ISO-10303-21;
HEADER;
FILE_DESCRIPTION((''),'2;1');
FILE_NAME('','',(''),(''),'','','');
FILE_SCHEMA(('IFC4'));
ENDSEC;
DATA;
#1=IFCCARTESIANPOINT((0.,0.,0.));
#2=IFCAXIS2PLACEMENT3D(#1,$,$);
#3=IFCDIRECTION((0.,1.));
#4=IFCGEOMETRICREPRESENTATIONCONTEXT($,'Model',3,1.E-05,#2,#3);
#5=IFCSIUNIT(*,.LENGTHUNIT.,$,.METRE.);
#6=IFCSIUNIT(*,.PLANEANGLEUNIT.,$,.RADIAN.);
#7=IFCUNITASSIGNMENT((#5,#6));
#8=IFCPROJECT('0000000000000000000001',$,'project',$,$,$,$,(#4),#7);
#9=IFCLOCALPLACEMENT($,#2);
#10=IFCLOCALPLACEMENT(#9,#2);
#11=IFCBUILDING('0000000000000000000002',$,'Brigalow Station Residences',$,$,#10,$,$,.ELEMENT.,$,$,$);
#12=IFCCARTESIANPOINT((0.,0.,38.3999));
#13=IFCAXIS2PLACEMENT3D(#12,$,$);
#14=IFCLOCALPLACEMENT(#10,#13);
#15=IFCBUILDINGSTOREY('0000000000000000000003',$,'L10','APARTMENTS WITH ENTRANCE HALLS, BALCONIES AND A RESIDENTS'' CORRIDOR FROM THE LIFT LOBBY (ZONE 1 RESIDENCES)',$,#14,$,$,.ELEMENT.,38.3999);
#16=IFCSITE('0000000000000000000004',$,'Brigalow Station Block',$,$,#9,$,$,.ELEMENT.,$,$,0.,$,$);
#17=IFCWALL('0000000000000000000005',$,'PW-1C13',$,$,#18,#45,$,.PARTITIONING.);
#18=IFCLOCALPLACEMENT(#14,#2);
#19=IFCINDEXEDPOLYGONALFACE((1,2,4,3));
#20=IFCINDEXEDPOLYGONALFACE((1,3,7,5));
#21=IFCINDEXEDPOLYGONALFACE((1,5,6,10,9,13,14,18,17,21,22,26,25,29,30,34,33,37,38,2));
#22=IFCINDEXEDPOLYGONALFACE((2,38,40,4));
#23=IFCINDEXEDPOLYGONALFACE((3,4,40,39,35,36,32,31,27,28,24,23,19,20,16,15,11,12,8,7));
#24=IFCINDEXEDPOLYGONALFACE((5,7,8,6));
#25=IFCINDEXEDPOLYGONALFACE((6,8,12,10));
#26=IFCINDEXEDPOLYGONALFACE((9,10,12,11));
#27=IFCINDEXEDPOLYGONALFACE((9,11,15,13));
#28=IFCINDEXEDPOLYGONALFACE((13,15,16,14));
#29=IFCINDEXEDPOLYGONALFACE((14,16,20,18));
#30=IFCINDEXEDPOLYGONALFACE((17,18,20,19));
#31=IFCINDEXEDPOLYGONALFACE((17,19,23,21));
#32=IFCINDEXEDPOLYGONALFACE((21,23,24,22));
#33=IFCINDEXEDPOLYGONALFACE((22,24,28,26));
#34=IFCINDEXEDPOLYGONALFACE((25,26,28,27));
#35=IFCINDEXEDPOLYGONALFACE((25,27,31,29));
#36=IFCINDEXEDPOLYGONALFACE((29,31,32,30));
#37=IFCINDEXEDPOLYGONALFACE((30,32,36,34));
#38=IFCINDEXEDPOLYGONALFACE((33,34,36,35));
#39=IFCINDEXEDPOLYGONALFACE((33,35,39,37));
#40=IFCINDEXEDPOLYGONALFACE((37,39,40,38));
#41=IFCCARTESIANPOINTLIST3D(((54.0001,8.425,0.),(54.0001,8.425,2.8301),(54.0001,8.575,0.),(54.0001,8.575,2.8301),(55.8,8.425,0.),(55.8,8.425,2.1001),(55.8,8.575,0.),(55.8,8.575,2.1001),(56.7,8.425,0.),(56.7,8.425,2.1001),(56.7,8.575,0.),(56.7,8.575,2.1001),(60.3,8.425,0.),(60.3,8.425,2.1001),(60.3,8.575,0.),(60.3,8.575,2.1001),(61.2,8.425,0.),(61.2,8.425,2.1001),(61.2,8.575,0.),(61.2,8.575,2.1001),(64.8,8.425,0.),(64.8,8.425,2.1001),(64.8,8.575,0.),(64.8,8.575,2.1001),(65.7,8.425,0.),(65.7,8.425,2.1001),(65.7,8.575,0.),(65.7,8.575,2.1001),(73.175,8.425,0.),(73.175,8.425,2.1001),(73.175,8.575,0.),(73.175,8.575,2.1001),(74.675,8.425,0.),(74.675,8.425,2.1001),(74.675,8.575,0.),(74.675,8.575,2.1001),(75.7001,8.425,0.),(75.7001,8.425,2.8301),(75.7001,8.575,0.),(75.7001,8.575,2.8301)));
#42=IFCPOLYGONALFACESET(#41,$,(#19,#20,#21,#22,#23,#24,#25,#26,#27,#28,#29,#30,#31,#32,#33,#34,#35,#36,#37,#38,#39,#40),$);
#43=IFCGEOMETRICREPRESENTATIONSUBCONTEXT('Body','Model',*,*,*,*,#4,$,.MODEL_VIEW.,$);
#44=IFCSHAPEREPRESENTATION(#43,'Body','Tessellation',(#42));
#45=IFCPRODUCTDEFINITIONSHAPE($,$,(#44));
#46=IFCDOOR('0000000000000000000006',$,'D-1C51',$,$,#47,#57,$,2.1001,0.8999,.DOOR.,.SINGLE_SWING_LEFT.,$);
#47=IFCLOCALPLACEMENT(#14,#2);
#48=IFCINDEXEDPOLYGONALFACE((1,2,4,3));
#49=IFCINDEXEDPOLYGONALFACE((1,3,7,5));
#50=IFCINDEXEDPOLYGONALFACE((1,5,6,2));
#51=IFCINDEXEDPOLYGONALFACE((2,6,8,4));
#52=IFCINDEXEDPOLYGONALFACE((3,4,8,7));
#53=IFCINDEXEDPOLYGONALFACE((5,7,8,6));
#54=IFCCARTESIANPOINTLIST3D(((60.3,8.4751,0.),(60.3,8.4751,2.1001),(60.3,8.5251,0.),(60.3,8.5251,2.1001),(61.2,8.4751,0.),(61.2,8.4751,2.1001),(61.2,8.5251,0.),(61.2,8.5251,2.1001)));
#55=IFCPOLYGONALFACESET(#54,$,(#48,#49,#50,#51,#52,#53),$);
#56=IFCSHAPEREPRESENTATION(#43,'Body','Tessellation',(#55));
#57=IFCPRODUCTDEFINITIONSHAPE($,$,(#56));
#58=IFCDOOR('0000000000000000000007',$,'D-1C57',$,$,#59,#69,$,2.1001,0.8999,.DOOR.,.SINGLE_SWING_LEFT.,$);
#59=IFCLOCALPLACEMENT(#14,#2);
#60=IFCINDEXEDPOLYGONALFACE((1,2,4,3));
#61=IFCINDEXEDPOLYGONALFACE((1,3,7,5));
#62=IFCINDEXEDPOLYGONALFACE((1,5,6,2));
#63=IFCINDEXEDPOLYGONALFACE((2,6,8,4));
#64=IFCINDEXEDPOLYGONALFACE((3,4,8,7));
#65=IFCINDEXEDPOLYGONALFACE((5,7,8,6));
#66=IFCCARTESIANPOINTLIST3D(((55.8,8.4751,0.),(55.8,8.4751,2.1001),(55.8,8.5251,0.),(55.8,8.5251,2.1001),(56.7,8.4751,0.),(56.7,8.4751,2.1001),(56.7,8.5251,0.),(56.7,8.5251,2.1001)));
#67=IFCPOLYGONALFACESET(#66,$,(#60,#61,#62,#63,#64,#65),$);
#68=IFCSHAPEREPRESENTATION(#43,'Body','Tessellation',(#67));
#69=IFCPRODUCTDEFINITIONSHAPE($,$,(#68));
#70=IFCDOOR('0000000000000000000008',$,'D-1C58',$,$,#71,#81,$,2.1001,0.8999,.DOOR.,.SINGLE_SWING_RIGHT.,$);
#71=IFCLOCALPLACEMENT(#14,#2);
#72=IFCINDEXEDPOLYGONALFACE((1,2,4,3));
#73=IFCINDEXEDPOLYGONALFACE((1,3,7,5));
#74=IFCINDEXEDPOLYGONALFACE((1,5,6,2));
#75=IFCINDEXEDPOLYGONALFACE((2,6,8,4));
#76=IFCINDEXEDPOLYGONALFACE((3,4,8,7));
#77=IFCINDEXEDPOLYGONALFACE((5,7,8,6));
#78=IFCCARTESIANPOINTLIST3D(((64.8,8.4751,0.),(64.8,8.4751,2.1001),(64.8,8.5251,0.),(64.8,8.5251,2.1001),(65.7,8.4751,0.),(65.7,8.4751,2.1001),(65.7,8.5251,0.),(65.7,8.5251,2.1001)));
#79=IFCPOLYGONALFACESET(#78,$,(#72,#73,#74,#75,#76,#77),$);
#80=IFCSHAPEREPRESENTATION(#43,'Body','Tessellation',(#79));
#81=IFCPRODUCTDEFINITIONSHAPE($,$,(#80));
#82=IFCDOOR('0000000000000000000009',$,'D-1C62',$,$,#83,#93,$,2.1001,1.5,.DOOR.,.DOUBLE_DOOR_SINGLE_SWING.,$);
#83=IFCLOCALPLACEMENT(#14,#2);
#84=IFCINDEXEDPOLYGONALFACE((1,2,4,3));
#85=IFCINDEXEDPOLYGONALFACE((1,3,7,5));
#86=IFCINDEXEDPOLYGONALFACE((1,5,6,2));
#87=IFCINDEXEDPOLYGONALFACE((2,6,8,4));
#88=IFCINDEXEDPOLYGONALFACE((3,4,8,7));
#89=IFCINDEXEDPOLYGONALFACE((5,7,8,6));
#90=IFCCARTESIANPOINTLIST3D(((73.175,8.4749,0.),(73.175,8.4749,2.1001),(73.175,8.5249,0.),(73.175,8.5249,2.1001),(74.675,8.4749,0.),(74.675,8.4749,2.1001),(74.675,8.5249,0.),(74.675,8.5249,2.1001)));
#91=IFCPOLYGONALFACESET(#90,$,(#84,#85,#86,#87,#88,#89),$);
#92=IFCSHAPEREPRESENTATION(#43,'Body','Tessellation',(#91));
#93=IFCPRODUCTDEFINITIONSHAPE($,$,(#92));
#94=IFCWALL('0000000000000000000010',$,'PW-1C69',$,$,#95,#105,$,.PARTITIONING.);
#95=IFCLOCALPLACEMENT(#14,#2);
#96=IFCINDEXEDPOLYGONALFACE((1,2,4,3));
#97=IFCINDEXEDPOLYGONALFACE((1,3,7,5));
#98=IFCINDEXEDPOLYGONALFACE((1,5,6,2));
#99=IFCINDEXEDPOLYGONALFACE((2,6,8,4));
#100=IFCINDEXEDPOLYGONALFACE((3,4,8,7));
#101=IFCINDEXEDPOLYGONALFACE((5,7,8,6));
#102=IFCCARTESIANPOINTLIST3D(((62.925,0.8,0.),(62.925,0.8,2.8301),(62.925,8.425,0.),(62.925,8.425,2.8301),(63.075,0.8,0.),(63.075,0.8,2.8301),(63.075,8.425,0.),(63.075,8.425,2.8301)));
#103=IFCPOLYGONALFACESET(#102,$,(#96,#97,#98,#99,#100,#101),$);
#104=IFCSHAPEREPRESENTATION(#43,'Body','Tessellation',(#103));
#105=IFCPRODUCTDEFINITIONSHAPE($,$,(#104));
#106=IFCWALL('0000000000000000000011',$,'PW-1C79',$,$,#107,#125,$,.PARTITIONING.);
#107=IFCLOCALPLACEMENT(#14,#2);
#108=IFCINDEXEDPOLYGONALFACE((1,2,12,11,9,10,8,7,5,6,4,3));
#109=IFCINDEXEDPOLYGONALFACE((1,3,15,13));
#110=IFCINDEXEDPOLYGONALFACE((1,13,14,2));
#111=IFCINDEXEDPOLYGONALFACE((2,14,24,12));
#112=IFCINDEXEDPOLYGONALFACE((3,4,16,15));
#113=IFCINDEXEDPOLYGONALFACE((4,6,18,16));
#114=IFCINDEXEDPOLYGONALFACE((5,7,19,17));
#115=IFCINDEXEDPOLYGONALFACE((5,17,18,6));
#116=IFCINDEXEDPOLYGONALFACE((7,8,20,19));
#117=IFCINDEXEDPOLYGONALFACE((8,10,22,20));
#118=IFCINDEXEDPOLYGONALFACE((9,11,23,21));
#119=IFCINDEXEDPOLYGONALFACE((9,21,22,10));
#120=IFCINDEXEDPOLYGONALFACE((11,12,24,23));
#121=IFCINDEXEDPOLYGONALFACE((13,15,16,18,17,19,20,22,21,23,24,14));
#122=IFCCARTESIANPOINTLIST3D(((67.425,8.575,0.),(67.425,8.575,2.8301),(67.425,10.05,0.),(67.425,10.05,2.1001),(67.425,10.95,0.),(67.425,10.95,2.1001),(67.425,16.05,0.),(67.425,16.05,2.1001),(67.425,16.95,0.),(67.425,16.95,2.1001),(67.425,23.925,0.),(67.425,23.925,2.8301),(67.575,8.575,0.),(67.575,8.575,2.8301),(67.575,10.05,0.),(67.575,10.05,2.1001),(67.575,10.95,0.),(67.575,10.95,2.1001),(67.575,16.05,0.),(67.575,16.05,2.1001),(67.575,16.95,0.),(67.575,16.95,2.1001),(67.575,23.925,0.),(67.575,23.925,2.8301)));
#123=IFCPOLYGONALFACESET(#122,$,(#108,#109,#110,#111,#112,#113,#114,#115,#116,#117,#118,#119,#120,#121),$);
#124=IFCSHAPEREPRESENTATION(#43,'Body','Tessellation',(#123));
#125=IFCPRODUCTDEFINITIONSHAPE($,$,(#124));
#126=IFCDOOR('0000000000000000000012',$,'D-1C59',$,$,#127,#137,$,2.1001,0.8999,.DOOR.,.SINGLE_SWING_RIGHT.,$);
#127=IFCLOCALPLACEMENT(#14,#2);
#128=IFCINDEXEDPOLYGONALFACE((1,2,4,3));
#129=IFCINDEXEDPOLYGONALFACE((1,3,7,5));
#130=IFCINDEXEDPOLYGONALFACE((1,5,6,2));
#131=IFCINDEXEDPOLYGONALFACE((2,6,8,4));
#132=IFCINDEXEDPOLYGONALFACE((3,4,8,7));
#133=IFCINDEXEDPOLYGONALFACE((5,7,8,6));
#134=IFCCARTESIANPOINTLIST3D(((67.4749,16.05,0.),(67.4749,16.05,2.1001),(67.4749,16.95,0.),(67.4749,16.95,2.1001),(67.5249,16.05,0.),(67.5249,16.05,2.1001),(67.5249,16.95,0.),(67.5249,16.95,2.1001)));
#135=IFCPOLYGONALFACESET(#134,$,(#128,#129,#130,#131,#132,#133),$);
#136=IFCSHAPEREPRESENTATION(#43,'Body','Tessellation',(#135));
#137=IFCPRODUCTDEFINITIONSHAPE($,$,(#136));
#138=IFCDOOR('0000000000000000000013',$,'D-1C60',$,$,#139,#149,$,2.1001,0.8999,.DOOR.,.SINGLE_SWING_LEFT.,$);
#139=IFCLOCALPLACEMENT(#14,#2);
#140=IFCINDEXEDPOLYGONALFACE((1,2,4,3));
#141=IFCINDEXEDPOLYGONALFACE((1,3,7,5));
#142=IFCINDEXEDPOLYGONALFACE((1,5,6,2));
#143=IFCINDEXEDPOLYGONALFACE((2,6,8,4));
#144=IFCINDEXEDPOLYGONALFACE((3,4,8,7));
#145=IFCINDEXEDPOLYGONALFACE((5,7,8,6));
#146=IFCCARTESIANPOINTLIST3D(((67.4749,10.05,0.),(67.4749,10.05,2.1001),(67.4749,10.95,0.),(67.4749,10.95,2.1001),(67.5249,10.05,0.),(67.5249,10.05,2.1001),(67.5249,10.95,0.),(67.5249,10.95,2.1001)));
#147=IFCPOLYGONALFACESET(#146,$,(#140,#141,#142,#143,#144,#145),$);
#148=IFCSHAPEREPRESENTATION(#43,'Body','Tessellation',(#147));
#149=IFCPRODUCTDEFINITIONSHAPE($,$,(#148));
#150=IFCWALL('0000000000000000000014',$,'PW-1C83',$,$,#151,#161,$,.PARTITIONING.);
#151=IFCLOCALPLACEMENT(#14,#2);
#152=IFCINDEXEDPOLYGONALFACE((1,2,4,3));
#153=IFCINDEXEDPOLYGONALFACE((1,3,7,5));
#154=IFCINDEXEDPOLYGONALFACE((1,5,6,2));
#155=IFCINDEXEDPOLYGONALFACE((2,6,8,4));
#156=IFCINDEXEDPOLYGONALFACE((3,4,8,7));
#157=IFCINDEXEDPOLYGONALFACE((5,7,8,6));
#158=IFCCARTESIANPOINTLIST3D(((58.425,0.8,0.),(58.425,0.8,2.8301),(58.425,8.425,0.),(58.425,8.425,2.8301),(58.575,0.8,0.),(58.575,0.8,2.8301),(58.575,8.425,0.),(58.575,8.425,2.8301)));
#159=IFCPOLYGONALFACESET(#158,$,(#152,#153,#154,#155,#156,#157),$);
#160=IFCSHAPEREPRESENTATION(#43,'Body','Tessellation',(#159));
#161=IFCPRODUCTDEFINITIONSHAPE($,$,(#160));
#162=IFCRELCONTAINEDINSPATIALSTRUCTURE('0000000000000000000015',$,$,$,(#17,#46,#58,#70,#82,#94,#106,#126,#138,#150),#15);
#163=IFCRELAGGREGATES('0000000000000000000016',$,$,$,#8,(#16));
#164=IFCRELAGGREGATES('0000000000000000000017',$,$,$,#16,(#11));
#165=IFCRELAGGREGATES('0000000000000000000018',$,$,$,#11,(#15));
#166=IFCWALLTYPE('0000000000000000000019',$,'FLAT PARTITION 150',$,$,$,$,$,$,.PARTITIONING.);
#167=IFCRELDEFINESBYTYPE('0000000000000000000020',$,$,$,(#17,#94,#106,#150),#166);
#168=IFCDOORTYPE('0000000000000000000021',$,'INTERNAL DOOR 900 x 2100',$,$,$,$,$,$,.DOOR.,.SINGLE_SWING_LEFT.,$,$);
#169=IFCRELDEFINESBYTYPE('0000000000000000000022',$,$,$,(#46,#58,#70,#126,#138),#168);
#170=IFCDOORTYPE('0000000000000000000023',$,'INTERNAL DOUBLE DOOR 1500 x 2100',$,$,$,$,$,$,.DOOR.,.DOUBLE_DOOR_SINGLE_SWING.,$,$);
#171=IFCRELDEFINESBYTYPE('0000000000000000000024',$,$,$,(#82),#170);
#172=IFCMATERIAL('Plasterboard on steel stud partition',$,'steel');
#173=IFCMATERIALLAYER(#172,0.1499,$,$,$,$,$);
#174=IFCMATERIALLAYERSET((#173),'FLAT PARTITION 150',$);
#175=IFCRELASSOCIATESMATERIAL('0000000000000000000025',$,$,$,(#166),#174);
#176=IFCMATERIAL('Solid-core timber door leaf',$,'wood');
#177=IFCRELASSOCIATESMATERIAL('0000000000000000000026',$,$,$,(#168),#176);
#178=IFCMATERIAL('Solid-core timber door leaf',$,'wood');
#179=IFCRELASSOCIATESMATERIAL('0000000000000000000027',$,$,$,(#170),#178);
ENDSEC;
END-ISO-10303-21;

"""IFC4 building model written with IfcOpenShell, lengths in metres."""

from ifc_helpers import new_model, si_unit, direction, frame, frame_2d, origin, place, context, subcontext, project, spatial, rectangle, extrude, material, layer, layer_set, type_object, element, fill, save


model = new_model("IFC4")

# Units and contexts
model_context = context("Model", 3, precision=1e-05, world=origin(), true_north=direction((0.0, 1.0)))
body_context = subcontext(model_context, "Body", "Model", "MODEL_VIEW")
ifc_project = project(units=[si_unit("LENGTHUNIT", "METRE"), si_unit("PLANEANGLEUNIT", "RADIAN")], contexts=[model_context])

# Site, building, storey
site_placement = place(None, origin())
site = spatial("IfcSite", under=ifc_project, at=site_placement, Name="Brigalow Station Block", CompositionType="ELEMENT", RefElevation=0.0)
building_placement = place(site_placement, origin())
building = spatial("IfcBuilding", under=site, at=building_placement, Name="Brigalow Station Residences", CompositionType="ELEMENT")
storey_placement = place(building_placement, frame((0.0, 0.0, 38.3999)))
storey = spatial("IfcBuildingStorey", under=building, at=storey_placement, Name="L10", Description="APARTMENTS WITH ENTRANCE HALLS, BALCONIES AND A RESIDENTS' CORRIDOR FROM THE LIFT LOBBY (ZONE 1 RESIDENCES)", CompositionType="ELEMENT", Elevation=38.3999)

# Wall, openings, doors
ifc_material_1 = material(Name="Plasterboard on steel stud partition", Category="steel")
ifc_layer_1 = layer(ifc_material_1, 0.1499)
ifc_layer_set_1 = layer_set([ifc_layer_1], Name="FLAT PARTITION 150")
wall_type_1 = type_object("IfcWallType", Name="FLAT PARTITION 150", PredefinedType="PARTITIONING", material=ifc_layer_set_1)
wall_1_placement = place(storey_placement, frame((54.0, 8.5, 0.0), z_axis=(0.0, 0.0, 1.0), x_axis=(1.0, 0.0, 0.0)))
wall_1 = element("IfcWall", 1, at=wall_1_placement, inside=storey, type_object=wall_type_1, Name="PW-1C13", PredefinedType="PARTITIONING", context=body_context, shape_type="SweptSolid", body=[
    extrude(rectangle(XDim=21.7, YDim=0.1499, at=frame_2d((10.8501, 0.0))), origin(), (0.0, 0.0, 1.0), 2.8301),
])
opening_1_placement = place(wall_1_placement, frame((6.3, 0.0, 0.0)))
opening_1 = element("IfcOpeningElement", 2, at=opening_1_placement, cuts=wall_1, PredefinedType="OPENING", context=body_context, shape_type="SweptSolid", body=[
    extrude(rectangle(XDim=0.8999, YDim=2.1001, at=frame_2d((0.45, 1.05))), frame((0.0, 0.085, 0.0), z_axis=(0.0, -1.0, 0.0), x_axis=(1.0, 0.0, 0.0)), (0.0, 0.0, 1.0), 0.1699),
])
opening_2_placement = place(wall_1_placement, frame((1.8, 0.0, 0.0)))
opening_2 = element("IfcOpeningElement", 3, at=opening_2_placement, cuts=wall_1, PredefinedType="OPENING", context=body_context, shape_type="SweptSolid", body=[
    extrude(rectangle(XDim=0.8999, YDim=2.1001, at=frame_2d((0.45, 1.05))), frame((0.0, 0.085, 0.0), z_axis=(0.0, -1.0, 0.0), x_axis=(1.0, 0.0, 0.0)), (0.0, 0.0, 1.0), 0.1699),
])
opening_3_placement = place(wall_1_placement, frame((10.8, 0.0, 0.0)))
opening_3 = element("IfcOpeningElement", 4, at=opening_3_placement, cuts=wall_1, PredefinedType="OPENING", context=body_context, shape_type="SweptSolid", body=[
    extrude(rectangle(XDim=0.8999, YDim=2.1001, at=frame_2d((0.45, 1.05))), frame((0.0, 0.085, 0.0), z_axis=(0.0, -1.0, 0.0), x_axis=(1.0, 0.0, 0.0)), (0.0, 0.0, 1.0), 0.1699),
])
opening_4_placement = place(wall_1_placement, frame((19.175, 0.0, 0.0)))
opening_4 = element("IfcOpeningElement", 5, at=opening_4_placement, cuts=wall_1, PredefinedType="OPENING", context=body_context, shape_type="SweptSolid", body=[
    extrude(rectangle(XDim=1.5, YDim=2.1001, at=frame_2d((0.75, 1.05))), frame((0.0, 0.085, 0.0), z_axis=(0.0, -1.0, 0.0), x_axis=(1.0, 0.0, 0.0)), (0.0, 0.0, 1.0), 0.1699),
])
ifc_material_2 = material(Name="Solid-core timber door leaf", Category="wood")
door_type_1 = type_object("IfcDoorType", Name="INTERNAL DOOR 900 x 2100", OperationType="SINGLE_SWING_LEFT", PredefinedType="DOOR", material=ifc_material_2)
door_1_placement = place(opening_1_placement, frame((0.8999, 0.0, 0.0), z_axis=(0.0, 0.0, 1.0), x_axis=(-1.0, 0.0, 0.0)))
door_1 = element("IfcDoor", 6, at=door_1_placement, inside=storey, type_object=door_type_1, Name="D-1C51", OperationType="SINGLE_SWING_LEFT", OverallHeight=2.1001, OverallWidth=0.8999, PredefinedType="DOOR", context=body_context, shape_type="SweptSolid", body=[
    extrude(rectangle(XDim=0.8999, YDim=2.1001, at=frame_2d((0.45, 1.05))), frame((0.0, 0.0249, 0.0), z_axis=(0.0, -1.0, 0.0), x_axis=(1.0, 0.0, 0.0)), (0.0, 0.0, 1.0), 0.05),
])
fill(opening_1, door_1)
door_2_placement = place(opening_2_placement, frame((0.8999, 0.0, 0.0), z_axis=(0.0, 0.0, 1.0), x_axis=(-1.0, 0.0, 0.0)))
door_2 = element("IfcDoor", 7, at=door_2_placement, inside=storey, type_object=door_type_1, Name="D-1C57", OperationType="SINGLE_SWING_LEFT", OverallHeight=2.1001, OverallWidth=0.8999, PredefinedType="DOOR", context=body_context, shape_type="SweptSolid", body=[
    extrude(rectangle(XDim=0.8999, YDim=2.1001, at=frame_2d((0.45, 1.05))), frame((0.0, 0.0249, 0.0), z_axis=(0.0, -1.0, 0.0), x_axis=(1.0, 0.0, 0.0)), (0.0, 0.0, 1.0), 0.05),
])
fill(opening_2, door_2)
door_3_placement = place(opening_3_placement, frame((0.8999, 0.0, 0.0), z_axis=(0.0, 0.0, 1.0), x_axis=(-1.0, 0.0, 0.0)))
door_3 = element("IfcDoor", 8, at=door_3_placement, inside=storey, type_object=door_type_1, Name="D-1C58", OperationType="SINGLE_SWING_RIGHT", OverallHeight=2.1001, OverallWidth=0.8999, PredefinedType="DOOR", context=body_context, shape_type="SweptSolid", body=[
    extrude(rectangle(XDim=0.8999, YDim=2.1001, at=frame_2d((0.45, 1.05))), frame((0.0, 0.0249, 0.0), z_axis=(0.0, -1.0, 0.0), x_axis=(1.0, 0.0, 0.0)), (0.0, 0.0, 1.0), 0.05),
])
fill(opening_3, door_3)
ifc_material_3 = material(Name="Solid-core timber door leaf", Category="wood")
door_type_2 = type_object("IfcDoorType", Name="INTERNAL DOUBLE DOOR 1500 x 2100", OperationType="DOUBLE_DOOR_SINGLE_SWING", PredefinedType="DOOR", material=ifc_material_3)
door_4_placement = place(opening_4_placement, origin())
door_4 = element("IfcDoor", 9, at=door_4_placement, inside=storey, type_object=door_type_2, Name="D-1C62", OperationType="DOUBLE_DOOR_SINGLE_SWING", OverallHeight=2.1001, OverallWidth=1.5, PredefinedType="DOOR", context=body_context, shape_type="SweptSolid", body=[
    extrude(rectangle(XDim=1.5, YDim=2.1001, at=frame_2d((0.75, 1.05))), frame((0.0, 0.0249, 0.0), z_axis=(0.0, -1.0, 0.0), x_axis=(1.0, 0.0, 0.0)), (0.0, 0.0, 1.0), 0.05),
])
fill(opening_4, door_4)

# Wall
wall_2_placement = place(storey_placement, frame((63.0, 0.8, 0.0), z_axis=(0.0, 0.0, 1.0), x_axis=(0.0, 1.0, 0.0)))
element("IfcWall", 10, at=wall_2_placement, inside=storey, type_object=wall_type_1, Name="PW-1C69", PredefinedType="PARTITIONING", context=body_context, shape_type="SweptSolid", body=[
    extrude(rectangle(XDim=7.625, YDim=0.1499, at=frame_2d((3.8125, 0.0))), origin(), (0.0, 0.0, 1.0), 2.8301),
])

# Wall, openings, doors
wall_3_placement = place(storey_placement, frame((67.5, 8.575, 0.0), z_axis=(0.0, 0.0, 1.0), x_axis=(0.0, 1.0, 0.0)))
wall_3 = element("IfcWall", 11, at=wall_3_placement, inside=storey, type_object=wall_type_1, Name="PW-1C79", PredefinedType="PARTITIONING", context=body_context, shape_type="SweptSolid", body=[
    extrude(rectangle(XDim=15.3501, YDim=0.1499, at=frame_2d((7.675, 0.0))), origin(), (0.0, 0.0, 1.0), 2.8301),
])
opening_5_placement = place(wall_3_placement, frame((7.4751, 0.0, 0.0)))
opening_5 = element("IfcOpeningElement", 12, at=opening_5_placement, cuts=wall_3, PredefinedType="OPENING", context=body_context, shape_type="SweptSolid", body=[
    extrude(rectangle(XDim=0.8999, YDim=2.1001, at=frame_2d((0.45, 1.05))), frame((0.0, 0.085, 0.0), z_axis=(0.0, -1.0, 0.0), x_axis=(1.0, 0.0, 0.0)), (0.0, 0.0, 1.0), 0.1699),
])
opening_6_placement = place(wall_3_placement, frame((1.4751, 0.0, 0.0)))
opening_6 = element("IfcOpeningElement", 13, at=opening_6_placement, cuts=wall_3, PredefinedType="OPENING", context=body_context, shape_type="SweptSolid", body=[
    extrude(rectangle(XDim=0.8999, YDim=2.1001, at=frame_2d((0.45, 1.05))), frame((0.0, 0.085, 0.0), z_axis=(0.0, -1.0, 0.0), x_axis=(1.0, 0.0, 0.0)), (0.0, 0.0, 1.0), 0.1699),
])
door_5_placement = place(opening_5_placement, frame((0.8999, 0.0, 0.0), z_axis=(0.0, 0.0, 1.0), x_axis=(-1.0, 0.0, 0.0)))
door_5 = element("IfcDoor", 14, at=door_5_placement, inside=storey, type_object=door_type_1, Name="D-1C59", OperationType="SINGLE_SWING_RIGHT", OverallHeight=2.1001, OverallWidth=0.8999, PredefinedType="DOOR", context=body_context, shape_type="SweptSolid", body=[
    extrude(rectangle(XDim=0.8999, YDim=2.1001, at=frame_2d((0.45, 1.05))), frame((0.0, 0.0249, 0.0), z_axis=(0.0, -1.0, 0.0), x_axis=(1.0, 0.0, 0.0)), (0.0, 0.0, 1.0), 0.05),
])
fill(opening_5, door_5)
door_6_placement = place(opening_6_placement, frame((0.8999, 0.0, 0.0), z_axis=(0.0, 0.0, 1.0), x_axis=(-1.0, 0.0, 0.0)))
door_6 = element("IfcDoor", 15, at=door_6_placement, inside=storey, type_object=door_type_1, Name="D-1C60", OperationType="SINGLE_SWING_LEFT", OverallHeight=2.1001, OverallWidth=0.8999, PredefinedType="DOOR", context=body_context, shape_type="SweptSolid", body=[
    extrude(rectangle(XDim=0.8999, YDim=2.1001, at=frame_2d((0.45, 1.05))), frame((0.0, 0.0249, 0.0), z_axis=(0.0, -1.0, 0.0), x_axis=(1.0, 0.0, 0.0)), (0.0, 0.0, 1.0), 0.05),
])
fill(opening_6, door_6)

# Wall
wall_4_placement = place(storey_placement, frame((58.5, 0.8, 0.0), z_axis=(0.0, 0.0, 1.0), x_axis=(0.0, 1.0, 0.0)))
element("IfcWall", 16, at=wall_4_placement, inside=storey, type_object=wall_type_1, Name="PW-1C83", PredefinedType="PARTITIONING", context=body_context, shape_type="SweptSolid", body=[
    extrude(rectangle(XDim=7.625, YDim=0.1499, at=frame_2d((3.8125, 0.0))), origin(), (0.0, 0.0, 1.0), 2.8301),
])

save(model, "model.ifc")
